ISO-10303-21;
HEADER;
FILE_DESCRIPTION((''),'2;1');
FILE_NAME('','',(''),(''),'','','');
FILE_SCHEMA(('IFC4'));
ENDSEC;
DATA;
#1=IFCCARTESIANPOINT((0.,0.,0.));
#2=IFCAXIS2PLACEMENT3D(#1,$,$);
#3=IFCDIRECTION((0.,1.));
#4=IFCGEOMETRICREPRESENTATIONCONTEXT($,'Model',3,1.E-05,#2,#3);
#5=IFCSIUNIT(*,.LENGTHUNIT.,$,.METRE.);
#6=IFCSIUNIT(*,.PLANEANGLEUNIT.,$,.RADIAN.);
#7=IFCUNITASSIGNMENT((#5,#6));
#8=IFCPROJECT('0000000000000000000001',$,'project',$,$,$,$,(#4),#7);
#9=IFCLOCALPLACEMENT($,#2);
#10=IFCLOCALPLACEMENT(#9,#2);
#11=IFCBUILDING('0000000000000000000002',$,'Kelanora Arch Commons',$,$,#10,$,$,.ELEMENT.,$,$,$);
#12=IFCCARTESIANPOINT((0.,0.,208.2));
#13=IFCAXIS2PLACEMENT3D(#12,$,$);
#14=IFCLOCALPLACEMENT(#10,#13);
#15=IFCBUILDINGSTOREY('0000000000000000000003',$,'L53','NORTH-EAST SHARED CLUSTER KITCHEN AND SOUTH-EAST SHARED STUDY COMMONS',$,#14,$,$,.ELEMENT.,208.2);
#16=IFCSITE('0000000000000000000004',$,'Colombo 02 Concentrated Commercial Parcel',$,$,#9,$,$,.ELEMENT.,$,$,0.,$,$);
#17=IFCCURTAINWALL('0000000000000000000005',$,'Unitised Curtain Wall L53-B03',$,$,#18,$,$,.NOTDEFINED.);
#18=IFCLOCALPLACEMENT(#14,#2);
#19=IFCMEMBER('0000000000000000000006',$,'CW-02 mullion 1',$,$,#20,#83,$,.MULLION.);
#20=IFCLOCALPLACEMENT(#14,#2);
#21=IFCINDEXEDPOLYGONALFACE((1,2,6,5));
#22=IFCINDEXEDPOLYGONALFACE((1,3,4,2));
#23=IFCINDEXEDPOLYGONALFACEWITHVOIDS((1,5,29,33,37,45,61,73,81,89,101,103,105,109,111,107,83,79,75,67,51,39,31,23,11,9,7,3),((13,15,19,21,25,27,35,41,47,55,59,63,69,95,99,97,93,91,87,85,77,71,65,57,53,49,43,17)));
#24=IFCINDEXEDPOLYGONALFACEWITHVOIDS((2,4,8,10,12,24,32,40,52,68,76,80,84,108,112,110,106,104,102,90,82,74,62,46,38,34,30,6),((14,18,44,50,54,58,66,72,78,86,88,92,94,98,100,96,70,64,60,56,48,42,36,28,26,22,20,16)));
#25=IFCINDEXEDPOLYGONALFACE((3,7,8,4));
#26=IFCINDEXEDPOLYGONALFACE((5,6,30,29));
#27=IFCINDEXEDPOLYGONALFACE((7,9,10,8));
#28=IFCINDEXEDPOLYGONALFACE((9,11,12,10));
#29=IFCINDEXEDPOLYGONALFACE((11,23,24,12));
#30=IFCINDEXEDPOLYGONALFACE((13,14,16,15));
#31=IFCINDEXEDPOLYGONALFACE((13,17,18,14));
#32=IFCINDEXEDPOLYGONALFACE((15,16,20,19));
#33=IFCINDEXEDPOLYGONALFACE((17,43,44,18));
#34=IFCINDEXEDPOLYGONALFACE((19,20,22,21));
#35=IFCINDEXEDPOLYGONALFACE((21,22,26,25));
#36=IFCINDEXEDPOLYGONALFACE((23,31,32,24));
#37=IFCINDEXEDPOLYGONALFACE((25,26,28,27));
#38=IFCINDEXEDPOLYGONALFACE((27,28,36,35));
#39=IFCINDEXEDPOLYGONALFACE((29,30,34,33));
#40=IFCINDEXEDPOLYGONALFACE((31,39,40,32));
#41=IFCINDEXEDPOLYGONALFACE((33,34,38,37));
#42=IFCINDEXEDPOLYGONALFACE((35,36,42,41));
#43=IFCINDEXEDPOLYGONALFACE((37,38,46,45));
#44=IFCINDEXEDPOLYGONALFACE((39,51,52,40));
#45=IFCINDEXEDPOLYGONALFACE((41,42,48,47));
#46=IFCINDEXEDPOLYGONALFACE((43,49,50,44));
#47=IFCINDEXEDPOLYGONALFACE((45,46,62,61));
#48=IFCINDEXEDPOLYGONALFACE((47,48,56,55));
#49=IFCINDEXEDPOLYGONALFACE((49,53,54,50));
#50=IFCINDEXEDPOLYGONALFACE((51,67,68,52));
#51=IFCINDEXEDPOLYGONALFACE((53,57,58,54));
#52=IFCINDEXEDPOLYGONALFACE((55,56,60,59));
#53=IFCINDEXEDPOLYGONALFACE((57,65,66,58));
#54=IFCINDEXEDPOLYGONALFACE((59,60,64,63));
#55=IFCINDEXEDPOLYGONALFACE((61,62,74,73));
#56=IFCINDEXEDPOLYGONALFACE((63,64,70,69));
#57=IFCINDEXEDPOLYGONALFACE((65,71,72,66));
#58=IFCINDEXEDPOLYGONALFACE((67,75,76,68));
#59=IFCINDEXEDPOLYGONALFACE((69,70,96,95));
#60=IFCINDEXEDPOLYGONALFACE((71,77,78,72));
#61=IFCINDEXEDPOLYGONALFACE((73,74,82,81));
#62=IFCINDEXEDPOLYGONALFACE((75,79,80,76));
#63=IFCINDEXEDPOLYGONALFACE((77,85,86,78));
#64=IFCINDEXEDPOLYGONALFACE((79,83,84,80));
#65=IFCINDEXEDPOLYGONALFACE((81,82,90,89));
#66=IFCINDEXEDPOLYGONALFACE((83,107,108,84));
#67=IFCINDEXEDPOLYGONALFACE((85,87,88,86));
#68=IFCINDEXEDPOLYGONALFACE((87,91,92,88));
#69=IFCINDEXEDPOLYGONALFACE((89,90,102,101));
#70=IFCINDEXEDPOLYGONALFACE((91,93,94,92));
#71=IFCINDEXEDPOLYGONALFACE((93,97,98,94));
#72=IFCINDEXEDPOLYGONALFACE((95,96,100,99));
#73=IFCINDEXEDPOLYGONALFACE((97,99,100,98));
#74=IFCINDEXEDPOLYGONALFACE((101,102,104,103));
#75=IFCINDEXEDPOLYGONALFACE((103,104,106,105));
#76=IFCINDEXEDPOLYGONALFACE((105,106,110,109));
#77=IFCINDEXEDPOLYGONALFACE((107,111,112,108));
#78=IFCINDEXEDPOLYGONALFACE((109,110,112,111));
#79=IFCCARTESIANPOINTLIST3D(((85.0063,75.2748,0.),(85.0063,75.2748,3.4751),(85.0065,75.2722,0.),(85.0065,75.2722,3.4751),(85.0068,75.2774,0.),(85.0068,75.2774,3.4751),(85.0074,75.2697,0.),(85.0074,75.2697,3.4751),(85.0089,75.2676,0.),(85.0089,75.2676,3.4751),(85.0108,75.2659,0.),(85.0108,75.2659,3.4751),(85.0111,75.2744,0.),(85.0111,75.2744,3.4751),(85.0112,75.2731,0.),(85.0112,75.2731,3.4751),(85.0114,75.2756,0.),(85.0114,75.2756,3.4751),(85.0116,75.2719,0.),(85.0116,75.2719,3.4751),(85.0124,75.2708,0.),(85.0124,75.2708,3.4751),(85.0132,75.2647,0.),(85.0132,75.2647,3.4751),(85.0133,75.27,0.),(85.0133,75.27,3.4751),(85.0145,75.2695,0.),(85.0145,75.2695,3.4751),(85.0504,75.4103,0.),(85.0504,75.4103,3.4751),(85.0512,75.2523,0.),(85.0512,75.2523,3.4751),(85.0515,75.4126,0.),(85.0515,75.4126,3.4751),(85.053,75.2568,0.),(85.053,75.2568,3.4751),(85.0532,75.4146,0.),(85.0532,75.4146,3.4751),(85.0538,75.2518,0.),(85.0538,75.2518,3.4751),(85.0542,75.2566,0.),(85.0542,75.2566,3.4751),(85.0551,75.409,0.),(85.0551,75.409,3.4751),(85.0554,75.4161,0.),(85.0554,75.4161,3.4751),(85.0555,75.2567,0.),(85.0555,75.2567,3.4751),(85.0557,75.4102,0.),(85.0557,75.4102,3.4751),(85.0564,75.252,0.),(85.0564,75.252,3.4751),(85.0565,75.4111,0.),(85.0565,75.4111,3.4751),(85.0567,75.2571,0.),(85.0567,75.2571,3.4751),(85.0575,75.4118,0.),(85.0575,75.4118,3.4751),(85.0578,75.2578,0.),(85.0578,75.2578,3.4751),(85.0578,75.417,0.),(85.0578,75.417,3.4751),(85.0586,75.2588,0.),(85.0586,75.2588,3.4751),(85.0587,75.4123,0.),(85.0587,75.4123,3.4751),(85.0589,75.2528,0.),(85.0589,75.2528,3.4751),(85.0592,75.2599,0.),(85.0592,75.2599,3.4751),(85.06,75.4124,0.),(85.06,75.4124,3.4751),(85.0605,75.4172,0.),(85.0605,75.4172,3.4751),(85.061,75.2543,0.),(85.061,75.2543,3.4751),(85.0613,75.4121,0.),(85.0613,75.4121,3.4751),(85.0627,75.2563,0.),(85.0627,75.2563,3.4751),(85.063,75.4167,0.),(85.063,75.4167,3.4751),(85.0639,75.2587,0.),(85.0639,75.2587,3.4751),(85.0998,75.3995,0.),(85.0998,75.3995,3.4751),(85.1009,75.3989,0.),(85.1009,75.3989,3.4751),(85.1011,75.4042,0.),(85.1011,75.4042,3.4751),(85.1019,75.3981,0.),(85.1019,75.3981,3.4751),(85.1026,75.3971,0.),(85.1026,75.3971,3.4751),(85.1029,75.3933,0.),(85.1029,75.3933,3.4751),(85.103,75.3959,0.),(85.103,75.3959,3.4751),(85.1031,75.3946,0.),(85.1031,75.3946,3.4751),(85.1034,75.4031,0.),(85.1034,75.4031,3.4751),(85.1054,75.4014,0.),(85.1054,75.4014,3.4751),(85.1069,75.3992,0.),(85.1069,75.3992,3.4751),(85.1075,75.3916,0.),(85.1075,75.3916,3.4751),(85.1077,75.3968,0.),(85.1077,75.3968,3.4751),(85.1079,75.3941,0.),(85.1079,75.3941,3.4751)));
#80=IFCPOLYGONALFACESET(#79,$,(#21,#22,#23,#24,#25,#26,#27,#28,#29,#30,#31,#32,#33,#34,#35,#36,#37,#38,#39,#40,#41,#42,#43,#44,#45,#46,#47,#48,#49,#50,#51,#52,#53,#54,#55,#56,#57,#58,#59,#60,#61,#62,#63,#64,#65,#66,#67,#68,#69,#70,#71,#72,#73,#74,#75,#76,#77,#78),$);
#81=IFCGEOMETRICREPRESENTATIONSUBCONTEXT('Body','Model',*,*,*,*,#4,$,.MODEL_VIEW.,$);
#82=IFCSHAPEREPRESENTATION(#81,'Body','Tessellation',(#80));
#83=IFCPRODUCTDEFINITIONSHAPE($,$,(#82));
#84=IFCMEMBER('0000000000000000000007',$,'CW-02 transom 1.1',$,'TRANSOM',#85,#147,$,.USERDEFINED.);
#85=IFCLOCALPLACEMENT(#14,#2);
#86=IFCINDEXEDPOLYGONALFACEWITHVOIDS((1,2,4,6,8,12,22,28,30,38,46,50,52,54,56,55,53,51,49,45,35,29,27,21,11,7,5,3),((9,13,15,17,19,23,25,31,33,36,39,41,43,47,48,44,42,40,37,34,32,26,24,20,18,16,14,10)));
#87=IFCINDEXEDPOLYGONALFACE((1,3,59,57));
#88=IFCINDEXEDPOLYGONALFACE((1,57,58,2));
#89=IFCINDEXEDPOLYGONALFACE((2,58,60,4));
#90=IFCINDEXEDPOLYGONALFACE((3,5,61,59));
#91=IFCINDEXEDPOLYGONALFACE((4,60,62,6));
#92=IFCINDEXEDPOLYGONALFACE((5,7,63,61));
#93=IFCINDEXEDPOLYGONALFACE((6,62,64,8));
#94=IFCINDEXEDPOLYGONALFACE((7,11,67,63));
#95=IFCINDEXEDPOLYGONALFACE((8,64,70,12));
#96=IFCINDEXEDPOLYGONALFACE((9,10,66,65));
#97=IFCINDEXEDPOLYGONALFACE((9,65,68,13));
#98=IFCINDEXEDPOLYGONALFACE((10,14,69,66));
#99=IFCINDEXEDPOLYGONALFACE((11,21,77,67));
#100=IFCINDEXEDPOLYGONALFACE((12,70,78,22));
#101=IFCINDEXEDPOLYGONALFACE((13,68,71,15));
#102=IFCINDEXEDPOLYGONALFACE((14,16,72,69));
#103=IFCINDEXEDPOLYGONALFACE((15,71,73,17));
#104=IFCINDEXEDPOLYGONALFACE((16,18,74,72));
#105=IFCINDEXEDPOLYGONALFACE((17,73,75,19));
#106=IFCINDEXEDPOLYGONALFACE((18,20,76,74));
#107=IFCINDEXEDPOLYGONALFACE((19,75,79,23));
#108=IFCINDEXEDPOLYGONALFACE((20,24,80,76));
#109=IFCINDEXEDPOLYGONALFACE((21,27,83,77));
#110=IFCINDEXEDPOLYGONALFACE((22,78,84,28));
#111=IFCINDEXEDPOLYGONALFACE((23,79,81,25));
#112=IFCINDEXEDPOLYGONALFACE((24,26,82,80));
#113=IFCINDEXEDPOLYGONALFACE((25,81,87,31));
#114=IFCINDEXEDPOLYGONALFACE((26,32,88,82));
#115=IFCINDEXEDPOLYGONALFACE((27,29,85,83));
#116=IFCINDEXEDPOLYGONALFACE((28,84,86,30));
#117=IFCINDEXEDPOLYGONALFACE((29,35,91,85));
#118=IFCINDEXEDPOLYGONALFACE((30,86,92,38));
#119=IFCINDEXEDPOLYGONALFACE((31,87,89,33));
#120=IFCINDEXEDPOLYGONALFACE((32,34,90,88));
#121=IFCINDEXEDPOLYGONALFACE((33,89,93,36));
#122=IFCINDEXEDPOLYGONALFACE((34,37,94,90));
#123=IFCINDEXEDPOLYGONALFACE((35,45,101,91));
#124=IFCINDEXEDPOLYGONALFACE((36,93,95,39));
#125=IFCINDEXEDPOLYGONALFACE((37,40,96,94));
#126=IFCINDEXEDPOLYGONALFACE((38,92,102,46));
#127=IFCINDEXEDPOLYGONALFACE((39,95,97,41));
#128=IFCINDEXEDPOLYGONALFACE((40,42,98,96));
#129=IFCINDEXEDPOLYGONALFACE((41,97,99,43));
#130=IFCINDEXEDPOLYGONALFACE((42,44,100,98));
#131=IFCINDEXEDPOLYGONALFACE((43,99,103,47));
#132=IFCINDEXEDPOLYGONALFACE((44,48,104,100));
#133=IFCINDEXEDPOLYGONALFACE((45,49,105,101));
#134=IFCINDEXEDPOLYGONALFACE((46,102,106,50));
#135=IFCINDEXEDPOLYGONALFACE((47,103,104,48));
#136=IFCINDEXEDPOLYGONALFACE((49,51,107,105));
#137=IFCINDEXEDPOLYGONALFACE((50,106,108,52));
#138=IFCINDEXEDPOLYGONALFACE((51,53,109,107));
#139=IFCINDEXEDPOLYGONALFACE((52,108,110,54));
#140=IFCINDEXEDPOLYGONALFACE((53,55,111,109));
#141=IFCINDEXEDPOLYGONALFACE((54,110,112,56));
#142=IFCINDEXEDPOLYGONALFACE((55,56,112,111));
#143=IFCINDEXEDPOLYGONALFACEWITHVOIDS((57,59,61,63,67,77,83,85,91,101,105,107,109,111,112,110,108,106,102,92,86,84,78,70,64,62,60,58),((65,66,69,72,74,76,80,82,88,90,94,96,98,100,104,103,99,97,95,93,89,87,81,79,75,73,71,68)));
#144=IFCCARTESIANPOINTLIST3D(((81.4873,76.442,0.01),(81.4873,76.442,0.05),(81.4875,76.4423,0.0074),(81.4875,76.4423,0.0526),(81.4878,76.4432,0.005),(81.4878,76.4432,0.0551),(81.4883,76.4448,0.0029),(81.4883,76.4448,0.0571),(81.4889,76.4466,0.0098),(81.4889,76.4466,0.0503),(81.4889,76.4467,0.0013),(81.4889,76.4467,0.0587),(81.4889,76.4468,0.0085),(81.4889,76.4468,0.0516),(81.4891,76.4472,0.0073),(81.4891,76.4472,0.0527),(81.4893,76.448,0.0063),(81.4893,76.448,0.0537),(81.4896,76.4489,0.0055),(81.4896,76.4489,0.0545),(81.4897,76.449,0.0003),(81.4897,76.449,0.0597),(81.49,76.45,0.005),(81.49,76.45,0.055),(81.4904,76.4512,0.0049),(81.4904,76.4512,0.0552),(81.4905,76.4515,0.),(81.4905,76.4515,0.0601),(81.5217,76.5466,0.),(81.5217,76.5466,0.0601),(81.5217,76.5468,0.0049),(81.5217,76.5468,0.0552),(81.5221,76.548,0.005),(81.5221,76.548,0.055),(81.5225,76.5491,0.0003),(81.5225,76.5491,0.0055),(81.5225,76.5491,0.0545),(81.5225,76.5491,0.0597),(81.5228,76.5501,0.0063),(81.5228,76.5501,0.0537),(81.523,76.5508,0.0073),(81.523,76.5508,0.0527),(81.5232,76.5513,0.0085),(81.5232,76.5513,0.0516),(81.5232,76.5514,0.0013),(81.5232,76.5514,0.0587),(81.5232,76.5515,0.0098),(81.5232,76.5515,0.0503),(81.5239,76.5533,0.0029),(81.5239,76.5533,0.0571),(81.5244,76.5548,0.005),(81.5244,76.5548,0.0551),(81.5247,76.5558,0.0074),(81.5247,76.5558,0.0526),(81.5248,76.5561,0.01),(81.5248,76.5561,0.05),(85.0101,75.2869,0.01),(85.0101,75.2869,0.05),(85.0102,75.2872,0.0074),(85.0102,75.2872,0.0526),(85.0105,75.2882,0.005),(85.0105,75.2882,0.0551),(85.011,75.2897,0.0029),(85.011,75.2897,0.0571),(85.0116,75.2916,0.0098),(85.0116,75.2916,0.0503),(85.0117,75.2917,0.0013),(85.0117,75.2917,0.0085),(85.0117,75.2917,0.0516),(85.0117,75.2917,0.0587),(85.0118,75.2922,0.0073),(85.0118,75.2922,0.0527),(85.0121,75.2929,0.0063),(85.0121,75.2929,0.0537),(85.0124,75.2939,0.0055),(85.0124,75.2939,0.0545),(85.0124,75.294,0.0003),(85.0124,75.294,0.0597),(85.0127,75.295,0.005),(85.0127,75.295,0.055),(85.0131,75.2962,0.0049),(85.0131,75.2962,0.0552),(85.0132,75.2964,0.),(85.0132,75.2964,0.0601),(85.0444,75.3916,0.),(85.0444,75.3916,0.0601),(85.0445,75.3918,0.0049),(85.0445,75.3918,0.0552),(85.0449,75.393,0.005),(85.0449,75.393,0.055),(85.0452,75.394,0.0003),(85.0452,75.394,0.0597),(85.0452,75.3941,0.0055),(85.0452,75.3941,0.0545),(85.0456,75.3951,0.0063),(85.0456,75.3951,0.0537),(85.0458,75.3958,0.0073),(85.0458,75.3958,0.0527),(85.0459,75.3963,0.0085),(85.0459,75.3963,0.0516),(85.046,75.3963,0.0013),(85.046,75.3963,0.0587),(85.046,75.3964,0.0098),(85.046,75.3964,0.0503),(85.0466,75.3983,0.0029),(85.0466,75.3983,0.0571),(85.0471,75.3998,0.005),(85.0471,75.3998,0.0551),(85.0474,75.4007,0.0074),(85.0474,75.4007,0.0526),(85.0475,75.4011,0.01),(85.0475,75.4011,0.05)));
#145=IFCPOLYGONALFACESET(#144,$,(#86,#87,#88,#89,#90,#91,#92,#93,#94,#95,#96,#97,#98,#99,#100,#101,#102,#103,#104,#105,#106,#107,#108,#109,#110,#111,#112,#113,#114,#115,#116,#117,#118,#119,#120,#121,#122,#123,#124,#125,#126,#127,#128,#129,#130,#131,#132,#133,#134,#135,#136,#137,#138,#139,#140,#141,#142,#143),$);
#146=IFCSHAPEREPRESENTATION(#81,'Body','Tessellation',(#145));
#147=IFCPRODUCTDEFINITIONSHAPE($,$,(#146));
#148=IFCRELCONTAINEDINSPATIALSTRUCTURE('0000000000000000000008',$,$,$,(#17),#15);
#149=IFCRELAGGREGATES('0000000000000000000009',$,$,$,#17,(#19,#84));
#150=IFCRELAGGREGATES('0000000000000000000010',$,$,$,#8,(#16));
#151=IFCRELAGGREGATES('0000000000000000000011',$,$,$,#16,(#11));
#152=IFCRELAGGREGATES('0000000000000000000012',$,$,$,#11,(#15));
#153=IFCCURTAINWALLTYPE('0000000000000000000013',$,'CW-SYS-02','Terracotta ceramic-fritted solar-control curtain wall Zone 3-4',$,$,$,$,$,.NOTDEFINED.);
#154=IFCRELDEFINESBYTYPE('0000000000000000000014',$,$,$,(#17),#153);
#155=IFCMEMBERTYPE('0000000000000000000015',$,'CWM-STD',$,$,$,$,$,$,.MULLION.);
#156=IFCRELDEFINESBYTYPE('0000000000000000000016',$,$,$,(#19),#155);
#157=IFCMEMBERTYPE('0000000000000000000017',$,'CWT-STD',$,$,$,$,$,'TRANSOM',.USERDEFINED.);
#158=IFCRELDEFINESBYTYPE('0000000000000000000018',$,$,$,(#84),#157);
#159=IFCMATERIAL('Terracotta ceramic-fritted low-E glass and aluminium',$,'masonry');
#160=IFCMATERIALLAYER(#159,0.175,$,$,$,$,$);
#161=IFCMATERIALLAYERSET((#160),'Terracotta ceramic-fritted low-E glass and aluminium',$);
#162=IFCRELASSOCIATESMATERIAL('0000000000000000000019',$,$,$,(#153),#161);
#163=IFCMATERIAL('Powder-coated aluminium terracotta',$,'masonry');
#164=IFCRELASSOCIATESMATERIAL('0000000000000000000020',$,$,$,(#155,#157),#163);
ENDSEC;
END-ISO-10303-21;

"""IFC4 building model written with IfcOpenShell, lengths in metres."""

from ifc_helpers import new_model, si_unit, direction, frame, origin, origin_2d, place, context, subcontext, project, spatial, hollow_rectangle, extrude, material, layer, layer_set, material_profile, profile_set, type_object, element, aggregate, save


model = new_model("IFC4")

# Units and contexts
model_context = context("Model", 3, precision=1e-05, world=origin(), true_north=direction((0.0, 1.0)))
body_context = subcontext(model_context, "Body", "Model", "MODEL_VIEW")
ifc_project = project(units=[si_unit("LENGTHUNIT", "METRE"), si_unit("PLANEANGLEUNIT", "RADIAN")], contexts=[model_context])

# Site, building, storey
site_placement = place(None, origin())
site = spatial("IfcSite", under=ifc_project, at=site_placement, Name="Colombo 02 Concentrated Commercial Parcel", CompositionType="ELEMENT", RefElevation=0.0)
building_placement = place(site_placement, origin())
building = spatial("IfcBuilding", under=site, at=building_placement, Name="Kelanora Arch Commons", CompositionType="ELEMENT")
storey_placement = place(building_placement, frame((0.0, 0.0, 208.2)))
storey = spatial("IfcBuildingStorey", under=building, at=storey_placement, Name="L53", Description="NORTH-EAST SHARED CLUSTER KITCHEN AND SOUTH-EAST SHARED STUDY COMMONS", CompositionType="ELEMENT", Elevation=208.2)

# Shared definitions
ifc_material_1 = material(Name="Terracotta ceramic-fritted low-E glass and aluminium", Category="masonry")
ifc_layer_1 = layer(ifc_material_1, 0.175)
ifc_layer_set_1 = layer_set([ifc_layer_1], Name="Terracotta ceramic-fritted low-E glass and aluminium")
curtain_wall_type = type_object("IfcCurtainWallType", Name="CW-SYS-02", Description="Terracotta ceramic-fritted solar-control curtain wall Zone 3-4", PredefinedType="NOTDEFINED", material=ifc_layer_set_1)
ifc_material_2 = material(Name="Powder-coated aluminium terracotta", Category="masonry")
ifc_material_profile_1 = material_profile(ifc_material_2, hollow_rectangle(XDim=0.1599, YDim=0.0601, WallThickness=0.0049, InnerFilletRadius=0.0049, OuterFilletRadius=0.01, at=origin_2d()), Name="CWM160x60")
ifc_profile_set_1 = profile_set([ifc_material_profile_1], Name="Powder-coated aluminium terracotta")
member_type_1 = type_object("IfcMemberType", Name="CWM-STD", PredefinedType="MULLION", material=ifc_profile_set_1)

# Curtain wall, members
curtain_wall_1_placement = place(storey_placement, origin())
curtain_wall_1 = element("IfcCurtainWall", 1, at=curtain_wall_1_placement, inside=storey, type_object=curtain_wall_type, Name="Unitised Curtain Wall L53-B03", PredefinedType="NOTDEFINED")
member_1_placement = place(storey_placement, frame((85.0571, 75.3345, 0.0), z_axis=(0.0, 0.0, 1.0), x_axis=(-0.311582, -0.950219, 0.0)))
member_1 = element("IfcMember", 2, at=member_1_placement, type_object=member_type_1, Name="CW-02 mullion 1", PredefinedType="MULLION", context=body_context, shape_type="SweptSolid", body=[
    extrude(hollow_rectangle(XDim=0.1599, YDim=0.0601, WallThickness=0.0049, InnerFilletRadius=0.0049, OuterFilletRadius=0.01, at=origin_2d()), origin(), (0.0, 0.0, 1.0), 3.4751),
])
ifc_material_profile_2 = material_profile(ifc_material_2, hollow_rectangle(XDim=0.1201, YDim=0.0601, WallThickness=0.0049, InnerFilletRadius=0.0049, OuterFilletRadius=0.01, at=origin_2d()), Name="CWT120x60")
ifc_profile_set_2 = profile_set([ifc_material_profile_2], Name="Powder-coated aluminium terracotta")
member_type_2 = type_object("IfcMemberType", Name="CWT-STD", ElementType="TRANSOM", PredefinedType="USERDEFINED", material=ifc_profile_set_2)
member_2_placement = place(storey_placement, frame((85.0288, 75.344, 0.03), z_axis=(-0.950226, 0.311561, 0.0), x_axis=(-0.311561, -0.950226, 0.0)))
member_2 = element("IfcMember", 3, at=member_2_placement, type_object=member_type_2, Name="CW-02 transom 1.1", ObjectType="TRANSOM", PredefinedType="USERDEFINED", context=body_context, shape_type="SweptSolid", body=[
    extrude(hollow_rectangle(XDim=0.1201, YDim=0.0601, WallThickness=0.0049, InnerFilletRadius=0.0049, OuterFilletRadius=0.01, at=origin_2d()), origin(), (0.0, 0.0, 1.0), 3.7073),
])
aggregate(curtain_wall_1, [member_1, member_2])

save(model, "model.ifc")
